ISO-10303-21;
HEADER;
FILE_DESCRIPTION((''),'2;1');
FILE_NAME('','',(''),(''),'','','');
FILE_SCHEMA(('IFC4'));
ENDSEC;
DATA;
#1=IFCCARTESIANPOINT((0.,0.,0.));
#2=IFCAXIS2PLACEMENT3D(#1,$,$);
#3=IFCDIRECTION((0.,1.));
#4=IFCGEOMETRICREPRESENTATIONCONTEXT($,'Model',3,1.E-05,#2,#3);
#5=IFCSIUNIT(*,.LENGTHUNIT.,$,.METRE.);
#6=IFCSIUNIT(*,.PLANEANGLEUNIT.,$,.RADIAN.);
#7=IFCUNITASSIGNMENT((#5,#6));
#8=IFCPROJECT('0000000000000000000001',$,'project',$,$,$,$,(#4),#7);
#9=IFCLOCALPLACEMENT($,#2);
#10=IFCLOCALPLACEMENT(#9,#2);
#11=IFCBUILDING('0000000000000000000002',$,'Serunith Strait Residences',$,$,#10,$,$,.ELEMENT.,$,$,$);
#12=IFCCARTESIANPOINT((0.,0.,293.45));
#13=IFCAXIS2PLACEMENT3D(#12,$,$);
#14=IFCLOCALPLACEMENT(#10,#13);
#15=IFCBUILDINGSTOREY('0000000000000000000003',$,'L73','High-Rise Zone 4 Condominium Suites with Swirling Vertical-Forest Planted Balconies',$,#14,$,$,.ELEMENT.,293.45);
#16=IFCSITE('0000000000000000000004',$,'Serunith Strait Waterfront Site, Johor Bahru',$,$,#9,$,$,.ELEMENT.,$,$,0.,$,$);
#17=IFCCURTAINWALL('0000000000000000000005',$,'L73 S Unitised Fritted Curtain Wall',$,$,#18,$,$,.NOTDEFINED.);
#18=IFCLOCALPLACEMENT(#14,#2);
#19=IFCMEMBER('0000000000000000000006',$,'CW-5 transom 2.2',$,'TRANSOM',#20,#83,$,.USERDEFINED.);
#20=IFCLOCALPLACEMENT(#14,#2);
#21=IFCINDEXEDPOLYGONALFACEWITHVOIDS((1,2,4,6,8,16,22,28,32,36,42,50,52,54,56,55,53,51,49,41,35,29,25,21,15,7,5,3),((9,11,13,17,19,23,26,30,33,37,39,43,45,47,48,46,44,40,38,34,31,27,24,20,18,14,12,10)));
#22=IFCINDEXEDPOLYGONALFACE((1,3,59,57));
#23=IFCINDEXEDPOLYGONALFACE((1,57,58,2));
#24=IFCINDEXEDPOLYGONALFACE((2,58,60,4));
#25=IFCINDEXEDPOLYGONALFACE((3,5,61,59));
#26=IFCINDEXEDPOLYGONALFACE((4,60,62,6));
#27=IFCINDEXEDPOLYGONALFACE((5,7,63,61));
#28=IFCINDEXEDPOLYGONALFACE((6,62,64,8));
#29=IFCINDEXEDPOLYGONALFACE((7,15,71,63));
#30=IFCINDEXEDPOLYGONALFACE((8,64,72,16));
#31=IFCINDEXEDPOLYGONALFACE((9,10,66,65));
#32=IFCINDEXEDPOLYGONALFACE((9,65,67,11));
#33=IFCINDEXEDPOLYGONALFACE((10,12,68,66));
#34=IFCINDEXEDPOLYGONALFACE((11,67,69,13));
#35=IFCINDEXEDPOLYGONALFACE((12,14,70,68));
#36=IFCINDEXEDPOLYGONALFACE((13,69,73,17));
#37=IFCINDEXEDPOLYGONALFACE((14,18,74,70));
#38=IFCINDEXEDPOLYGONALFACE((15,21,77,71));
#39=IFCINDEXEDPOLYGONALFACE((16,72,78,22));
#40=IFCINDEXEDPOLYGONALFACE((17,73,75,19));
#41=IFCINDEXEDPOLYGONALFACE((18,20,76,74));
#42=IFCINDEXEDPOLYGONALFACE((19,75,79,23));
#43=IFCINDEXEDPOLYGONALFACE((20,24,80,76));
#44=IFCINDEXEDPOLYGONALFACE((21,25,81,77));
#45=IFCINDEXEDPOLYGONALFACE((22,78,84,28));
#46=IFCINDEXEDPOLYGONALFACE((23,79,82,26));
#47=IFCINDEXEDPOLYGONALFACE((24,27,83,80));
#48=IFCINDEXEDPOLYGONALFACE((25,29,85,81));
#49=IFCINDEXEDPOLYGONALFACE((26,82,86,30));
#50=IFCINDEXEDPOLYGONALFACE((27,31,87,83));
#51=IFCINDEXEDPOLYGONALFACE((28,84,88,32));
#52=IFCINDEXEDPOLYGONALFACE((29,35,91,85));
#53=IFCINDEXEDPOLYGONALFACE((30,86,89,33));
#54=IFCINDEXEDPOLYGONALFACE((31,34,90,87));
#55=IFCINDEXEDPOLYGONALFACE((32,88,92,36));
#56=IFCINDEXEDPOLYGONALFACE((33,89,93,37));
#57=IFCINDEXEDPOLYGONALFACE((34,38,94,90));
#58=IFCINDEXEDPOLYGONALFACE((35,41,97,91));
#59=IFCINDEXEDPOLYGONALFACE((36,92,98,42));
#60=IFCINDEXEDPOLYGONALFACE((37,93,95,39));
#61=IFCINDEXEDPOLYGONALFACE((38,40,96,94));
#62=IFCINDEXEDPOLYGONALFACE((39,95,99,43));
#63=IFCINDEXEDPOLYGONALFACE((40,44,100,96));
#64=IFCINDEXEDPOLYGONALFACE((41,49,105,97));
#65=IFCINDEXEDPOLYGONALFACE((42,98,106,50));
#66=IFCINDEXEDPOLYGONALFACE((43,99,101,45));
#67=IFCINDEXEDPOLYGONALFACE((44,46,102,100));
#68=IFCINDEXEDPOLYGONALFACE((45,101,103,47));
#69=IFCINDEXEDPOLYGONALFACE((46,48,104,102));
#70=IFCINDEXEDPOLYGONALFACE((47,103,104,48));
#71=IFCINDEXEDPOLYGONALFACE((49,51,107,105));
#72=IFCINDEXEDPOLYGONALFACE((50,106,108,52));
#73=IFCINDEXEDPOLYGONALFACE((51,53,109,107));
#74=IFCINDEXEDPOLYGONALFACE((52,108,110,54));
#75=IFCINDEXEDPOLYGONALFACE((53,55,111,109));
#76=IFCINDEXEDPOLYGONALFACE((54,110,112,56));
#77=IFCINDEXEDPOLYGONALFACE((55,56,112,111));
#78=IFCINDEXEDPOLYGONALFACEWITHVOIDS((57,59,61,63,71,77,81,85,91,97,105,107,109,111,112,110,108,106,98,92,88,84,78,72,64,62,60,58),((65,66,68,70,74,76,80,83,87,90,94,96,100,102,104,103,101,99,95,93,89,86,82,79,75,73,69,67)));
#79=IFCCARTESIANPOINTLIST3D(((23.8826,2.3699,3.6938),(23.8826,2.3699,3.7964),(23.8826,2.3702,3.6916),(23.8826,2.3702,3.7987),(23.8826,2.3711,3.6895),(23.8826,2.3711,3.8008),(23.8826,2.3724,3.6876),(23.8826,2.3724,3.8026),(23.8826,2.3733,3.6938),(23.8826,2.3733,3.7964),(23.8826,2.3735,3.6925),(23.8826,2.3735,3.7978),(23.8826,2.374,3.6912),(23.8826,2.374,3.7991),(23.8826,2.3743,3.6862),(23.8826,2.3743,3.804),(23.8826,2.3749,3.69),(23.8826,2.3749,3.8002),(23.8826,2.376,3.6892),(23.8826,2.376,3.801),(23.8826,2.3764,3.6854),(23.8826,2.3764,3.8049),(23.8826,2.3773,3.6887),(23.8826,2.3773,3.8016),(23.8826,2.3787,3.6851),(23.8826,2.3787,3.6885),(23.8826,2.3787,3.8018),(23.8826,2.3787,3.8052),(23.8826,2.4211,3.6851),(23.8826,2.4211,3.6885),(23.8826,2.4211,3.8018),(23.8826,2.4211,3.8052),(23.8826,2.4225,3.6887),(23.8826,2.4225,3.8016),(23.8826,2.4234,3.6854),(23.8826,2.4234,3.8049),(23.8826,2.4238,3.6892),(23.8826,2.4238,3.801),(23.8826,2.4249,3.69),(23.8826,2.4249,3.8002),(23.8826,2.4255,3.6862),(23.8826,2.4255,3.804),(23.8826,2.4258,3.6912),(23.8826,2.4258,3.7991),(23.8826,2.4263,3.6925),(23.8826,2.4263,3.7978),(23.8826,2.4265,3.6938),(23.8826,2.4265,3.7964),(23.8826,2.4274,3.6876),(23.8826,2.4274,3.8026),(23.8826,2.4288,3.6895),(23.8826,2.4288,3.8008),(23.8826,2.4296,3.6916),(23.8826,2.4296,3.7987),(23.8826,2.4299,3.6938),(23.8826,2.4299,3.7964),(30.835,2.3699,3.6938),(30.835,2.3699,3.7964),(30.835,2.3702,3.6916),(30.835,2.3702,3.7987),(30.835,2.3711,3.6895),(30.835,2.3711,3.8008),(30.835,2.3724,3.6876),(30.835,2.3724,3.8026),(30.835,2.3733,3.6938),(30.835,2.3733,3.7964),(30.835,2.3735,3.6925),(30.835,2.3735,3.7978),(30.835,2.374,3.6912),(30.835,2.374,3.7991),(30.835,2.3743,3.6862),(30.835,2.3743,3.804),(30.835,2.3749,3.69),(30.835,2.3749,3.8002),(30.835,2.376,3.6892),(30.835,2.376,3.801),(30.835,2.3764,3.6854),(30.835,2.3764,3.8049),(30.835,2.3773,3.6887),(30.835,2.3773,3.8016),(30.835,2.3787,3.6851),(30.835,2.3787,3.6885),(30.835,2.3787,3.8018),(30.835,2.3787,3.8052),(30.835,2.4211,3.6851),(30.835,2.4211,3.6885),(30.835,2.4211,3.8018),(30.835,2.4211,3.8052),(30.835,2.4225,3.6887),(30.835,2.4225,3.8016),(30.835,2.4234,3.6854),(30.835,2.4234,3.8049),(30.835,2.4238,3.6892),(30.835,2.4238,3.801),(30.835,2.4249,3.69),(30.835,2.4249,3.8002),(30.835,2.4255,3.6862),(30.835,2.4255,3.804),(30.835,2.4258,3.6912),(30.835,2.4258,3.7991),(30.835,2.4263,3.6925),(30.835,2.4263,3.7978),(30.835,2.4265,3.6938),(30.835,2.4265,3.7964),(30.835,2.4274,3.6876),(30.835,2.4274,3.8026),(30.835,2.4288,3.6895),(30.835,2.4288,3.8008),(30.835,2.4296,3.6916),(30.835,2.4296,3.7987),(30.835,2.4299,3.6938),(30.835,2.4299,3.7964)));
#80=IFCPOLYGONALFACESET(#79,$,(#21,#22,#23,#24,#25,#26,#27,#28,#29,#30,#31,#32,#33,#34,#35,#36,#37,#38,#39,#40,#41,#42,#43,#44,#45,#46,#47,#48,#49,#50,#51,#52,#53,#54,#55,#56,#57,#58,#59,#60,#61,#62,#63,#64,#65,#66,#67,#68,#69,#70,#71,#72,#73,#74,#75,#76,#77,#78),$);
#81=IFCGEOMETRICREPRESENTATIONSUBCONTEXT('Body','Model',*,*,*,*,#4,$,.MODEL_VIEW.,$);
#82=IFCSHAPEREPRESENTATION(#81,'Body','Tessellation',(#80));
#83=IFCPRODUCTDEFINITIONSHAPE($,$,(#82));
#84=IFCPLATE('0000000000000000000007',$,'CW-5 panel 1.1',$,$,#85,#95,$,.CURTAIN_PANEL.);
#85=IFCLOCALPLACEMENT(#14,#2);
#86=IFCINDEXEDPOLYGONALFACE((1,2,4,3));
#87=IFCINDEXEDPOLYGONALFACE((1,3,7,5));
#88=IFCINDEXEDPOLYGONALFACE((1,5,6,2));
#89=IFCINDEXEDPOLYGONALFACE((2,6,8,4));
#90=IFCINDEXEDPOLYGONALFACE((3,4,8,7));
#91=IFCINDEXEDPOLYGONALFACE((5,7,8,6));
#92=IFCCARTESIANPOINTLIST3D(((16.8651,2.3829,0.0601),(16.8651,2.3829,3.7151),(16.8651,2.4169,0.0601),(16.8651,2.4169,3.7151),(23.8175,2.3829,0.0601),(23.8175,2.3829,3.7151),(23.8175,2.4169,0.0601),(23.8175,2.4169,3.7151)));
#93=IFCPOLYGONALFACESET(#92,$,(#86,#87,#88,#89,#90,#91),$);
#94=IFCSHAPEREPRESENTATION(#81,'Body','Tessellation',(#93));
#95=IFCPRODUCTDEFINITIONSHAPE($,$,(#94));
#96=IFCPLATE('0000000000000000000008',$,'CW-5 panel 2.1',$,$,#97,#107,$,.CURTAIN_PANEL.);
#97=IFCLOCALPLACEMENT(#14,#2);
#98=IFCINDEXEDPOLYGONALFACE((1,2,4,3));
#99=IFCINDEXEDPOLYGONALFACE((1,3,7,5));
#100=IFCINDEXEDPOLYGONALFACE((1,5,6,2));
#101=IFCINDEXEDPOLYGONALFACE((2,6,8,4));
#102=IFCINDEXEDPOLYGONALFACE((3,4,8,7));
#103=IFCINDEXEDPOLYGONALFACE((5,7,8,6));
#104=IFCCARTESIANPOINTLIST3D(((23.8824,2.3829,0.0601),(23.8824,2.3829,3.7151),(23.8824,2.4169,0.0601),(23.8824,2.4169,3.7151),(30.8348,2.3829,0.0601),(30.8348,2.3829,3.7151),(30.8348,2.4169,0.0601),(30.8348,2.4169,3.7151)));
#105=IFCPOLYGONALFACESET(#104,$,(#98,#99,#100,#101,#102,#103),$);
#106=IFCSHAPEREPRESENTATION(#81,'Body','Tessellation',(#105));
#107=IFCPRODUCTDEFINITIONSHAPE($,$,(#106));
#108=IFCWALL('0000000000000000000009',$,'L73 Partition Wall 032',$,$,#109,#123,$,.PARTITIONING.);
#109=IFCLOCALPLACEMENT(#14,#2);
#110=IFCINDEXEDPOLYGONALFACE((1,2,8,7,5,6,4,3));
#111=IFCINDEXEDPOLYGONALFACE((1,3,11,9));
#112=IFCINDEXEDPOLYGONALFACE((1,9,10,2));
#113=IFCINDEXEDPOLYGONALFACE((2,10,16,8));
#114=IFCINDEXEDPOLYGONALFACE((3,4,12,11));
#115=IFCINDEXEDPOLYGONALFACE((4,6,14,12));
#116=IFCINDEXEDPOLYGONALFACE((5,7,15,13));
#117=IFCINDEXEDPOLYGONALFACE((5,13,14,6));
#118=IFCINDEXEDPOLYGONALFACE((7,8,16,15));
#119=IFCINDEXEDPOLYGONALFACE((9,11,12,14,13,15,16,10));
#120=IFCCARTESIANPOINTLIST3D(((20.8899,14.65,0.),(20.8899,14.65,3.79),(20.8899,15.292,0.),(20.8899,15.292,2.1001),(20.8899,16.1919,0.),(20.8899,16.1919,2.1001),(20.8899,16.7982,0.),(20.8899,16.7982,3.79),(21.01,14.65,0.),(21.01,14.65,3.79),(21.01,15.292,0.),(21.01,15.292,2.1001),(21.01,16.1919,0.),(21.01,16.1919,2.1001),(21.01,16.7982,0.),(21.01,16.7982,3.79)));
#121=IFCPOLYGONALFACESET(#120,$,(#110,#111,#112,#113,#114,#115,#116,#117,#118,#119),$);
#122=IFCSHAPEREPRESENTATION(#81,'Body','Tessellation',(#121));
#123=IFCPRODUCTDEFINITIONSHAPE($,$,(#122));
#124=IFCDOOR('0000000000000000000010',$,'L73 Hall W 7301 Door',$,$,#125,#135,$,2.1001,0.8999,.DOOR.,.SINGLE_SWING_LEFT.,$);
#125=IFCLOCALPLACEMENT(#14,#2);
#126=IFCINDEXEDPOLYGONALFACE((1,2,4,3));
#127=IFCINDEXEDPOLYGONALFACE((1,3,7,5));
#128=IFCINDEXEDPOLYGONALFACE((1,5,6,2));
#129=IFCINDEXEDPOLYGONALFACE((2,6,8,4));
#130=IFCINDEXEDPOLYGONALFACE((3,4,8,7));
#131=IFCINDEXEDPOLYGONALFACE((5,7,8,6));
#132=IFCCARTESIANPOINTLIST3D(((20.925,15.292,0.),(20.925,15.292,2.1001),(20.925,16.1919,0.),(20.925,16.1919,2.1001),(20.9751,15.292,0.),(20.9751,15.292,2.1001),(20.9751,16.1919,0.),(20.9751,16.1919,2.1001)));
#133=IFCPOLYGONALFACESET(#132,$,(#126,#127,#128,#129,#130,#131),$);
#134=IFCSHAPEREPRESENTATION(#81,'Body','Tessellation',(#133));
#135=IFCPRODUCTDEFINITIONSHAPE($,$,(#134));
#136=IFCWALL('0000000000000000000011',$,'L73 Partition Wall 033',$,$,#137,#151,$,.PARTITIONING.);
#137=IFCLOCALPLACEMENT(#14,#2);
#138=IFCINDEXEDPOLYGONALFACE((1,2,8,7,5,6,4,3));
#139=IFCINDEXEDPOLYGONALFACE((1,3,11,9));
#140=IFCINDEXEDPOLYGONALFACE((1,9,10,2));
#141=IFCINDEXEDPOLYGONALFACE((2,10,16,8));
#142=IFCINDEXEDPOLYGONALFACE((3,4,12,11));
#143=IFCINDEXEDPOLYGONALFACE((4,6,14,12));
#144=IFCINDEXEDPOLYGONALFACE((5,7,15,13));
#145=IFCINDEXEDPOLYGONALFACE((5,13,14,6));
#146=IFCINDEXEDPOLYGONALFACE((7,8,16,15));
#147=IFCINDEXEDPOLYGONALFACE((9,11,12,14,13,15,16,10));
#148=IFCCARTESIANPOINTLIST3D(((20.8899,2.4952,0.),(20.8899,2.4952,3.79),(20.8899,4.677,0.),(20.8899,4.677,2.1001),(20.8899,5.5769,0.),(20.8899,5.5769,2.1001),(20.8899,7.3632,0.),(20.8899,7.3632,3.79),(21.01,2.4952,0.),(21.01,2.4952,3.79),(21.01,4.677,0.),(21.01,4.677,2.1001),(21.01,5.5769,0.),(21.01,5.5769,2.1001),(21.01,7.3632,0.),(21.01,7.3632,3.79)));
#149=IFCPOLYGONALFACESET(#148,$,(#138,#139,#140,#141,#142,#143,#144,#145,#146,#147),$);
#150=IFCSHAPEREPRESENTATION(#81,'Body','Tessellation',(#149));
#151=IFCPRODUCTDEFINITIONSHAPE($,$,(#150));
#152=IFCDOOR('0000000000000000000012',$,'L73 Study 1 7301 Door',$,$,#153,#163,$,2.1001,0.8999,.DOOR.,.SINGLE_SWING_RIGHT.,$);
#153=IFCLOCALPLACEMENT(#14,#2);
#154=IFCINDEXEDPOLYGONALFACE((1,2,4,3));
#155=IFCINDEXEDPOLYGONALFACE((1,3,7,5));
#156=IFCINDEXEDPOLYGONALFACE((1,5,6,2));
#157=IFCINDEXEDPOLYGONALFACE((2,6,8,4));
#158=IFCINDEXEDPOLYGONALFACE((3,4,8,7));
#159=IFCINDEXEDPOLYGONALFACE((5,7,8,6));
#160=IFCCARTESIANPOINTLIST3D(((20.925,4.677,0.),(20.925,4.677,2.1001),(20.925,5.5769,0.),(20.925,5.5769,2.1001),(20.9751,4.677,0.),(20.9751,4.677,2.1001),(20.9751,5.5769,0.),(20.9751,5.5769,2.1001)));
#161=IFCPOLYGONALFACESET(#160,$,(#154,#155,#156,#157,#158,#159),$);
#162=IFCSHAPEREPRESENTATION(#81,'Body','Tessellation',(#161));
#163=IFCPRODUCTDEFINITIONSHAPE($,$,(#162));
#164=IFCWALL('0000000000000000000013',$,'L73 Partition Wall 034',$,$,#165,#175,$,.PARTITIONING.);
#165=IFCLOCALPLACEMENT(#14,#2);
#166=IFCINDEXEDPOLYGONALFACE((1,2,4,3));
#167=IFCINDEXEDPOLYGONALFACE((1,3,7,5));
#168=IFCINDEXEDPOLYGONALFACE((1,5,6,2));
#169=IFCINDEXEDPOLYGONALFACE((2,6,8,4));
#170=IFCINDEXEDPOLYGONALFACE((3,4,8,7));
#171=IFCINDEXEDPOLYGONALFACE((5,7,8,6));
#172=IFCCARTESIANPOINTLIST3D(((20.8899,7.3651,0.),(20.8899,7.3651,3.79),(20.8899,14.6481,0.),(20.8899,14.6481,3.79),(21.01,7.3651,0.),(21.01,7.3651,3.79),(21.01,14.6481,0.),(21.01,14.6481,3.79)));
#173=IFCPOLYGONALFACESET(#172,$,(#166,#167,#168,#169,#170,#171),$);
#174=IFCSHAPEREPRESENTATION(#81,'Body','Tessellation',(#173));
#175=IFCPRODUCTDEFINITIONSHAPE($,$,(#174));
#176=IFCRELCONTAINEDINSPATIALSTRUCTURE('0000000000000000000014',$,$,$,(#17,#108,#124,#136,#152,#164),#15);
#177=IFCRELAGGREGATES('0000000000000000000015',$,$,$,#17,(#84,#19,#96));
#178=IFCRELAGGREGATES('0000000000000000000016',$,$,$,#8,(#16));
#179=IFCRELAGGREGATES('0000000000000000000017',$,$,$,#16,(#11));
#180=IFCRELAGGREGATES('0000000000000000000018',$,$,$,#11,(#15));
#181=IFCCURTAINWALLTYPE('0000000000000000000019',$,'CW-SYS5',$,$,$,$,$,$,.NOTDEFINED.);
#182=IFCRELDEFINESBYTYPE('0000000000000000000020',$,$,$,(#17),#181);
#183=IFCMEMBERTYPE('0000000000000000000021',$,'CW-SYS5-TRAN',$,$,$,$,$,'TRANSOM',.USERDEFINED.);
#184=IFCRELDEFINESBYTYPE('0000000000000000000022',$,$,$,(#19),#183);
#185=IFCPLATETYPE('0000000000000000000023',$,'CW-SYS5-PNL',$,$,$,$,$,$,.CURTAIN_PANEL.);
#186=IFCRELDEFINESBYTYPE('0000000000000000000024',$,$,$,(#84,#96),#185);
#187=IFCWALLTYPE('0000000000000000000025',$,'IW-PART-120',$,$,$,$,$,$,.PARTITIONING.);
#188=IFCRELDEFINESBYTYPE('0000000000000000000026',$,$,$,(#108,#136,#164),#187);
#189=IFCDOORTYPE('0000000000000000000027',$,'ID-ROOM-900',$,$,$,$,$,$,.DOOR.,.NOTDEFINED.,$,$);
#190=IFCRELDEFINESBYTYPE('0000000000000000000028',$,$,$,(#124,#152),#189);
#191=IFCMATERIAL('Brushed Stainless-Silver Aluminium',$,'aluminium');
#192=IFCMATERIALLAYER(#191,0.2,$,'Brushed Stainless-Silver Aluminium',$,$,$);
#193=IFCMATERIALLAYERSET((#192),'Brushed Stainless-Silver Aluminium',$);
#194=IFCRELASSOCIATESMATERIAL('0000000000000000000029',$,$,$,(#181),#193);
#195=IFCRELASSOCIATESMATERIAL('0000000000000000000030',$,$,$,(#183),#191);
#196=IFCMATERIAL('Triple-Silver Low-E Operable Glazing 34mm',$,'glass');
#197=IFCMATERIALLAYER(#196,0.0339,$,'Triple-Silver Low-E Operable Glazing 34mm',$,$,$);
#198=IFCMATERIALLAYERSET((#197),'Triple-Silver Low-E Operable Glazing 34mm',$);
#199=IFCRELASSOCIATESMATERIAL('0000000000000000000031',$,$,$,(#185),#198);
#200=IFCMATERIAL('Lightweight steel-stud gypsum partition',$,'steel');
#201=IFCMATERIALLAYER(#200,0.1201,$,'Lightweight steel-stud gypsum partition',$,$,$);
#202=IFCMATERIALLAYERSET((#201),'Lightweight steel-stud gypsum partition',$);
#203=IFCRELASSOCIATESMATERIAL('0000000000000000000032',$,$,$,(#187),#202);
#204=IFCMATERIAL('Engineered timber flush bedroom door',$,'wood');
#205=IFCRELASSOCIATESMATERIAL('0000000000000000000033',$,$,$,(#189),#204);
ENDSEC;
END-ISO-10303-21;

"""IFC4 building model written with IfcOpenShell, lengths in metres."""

from ifc_helpers import new_model, si_unit, direction, frame, frame_2d, origin, origin_2d, place, context, subcontext, project, spatial, rectangle, hollow_rectangle, extrude, source, transform, mapped, material, layer, layer_set, material_profile, profile_set, type_object, element, fill, aggregate, save


model = new_model("IFC4")

# Units and contexts
model_context = context("Model", 3, precision=1e-05, world=origin(), true_north=direction((0.0, 1.0)))
body_context = subcontext(model_context, "Body", "Model", "MODEL_VIEW")
ifc_project = project(units=[si_unit("LENGTHUNIT", "METRE"), si_unit("PLANEANGLEUNIT", "RADIAN")], contexts=[model_context])

# Site, building, storey
site_placement = place(None, origin())
site = spatial("IfcSite", under=ifc_project, at=site_placement, Name="Serunith Strait Waterfront Site, Johor Bahru", CompositionType="ELEMENT", RefElevation=0.0)
building_placement = place(site_placement, origin())
building = spatial("IfcBuilding", under=site, at=building_placement, Name="Serunith Strait Residences", CompositionType="ELEMENT")
storey_placement = place(building_placement, frame((0.0, 0.0, 293.45)))
storey = spatial("IfcBuildingStorey", under=building, at=storey_placement, Name="L73", Description="High-Rise Zone 4 Condominium Suites with Swirling Vertical-Forest Planted Balconies", CompositionType="ELEMENT", Elevation=293.45)

# Curtain wall, member, plates
ifc_material_1 = material(Name="Brushed Stainless-Silver Aluminium", Category="aluminium")
ifc_layer_1 = layer(ifc_material_1, 0.2, Name="Brushed Stainless-Silver Aluminium")
ifc_layer_set_1 = layer_set([ifc_layer_1], Name="Brushed Stainless-Silver Aluminium")
curtain_wall_type = type_object("IfcCurtainWallType", Name="CW-SYS5", PredefinedType="NOTDEFINED", material=ifc_layer_set_1)
curtain_wall_placement = place(storey_placement, origin())
curtain_wall = element("IfcCurtainWall", 1, at=curtain_wall_placement, inside=storey, type_object=curtain_wall_type, Name="L73 S Unitised Fritted Curtain Wall", PredefinedType="NOTDEFINED")
ifc_material_profile_1 = material_profile(ifc_material_1, hollow_rectangle(XDim=0.0601, YDim=0.1201, WallThickness=0.0034, InnerFilletRadius=0.0054, OuterFilletRadius=0.0088, at=origin_2d()), Name="ALU 120x60x3.5")
ifc_profile_set_1 = profile_set([ifc_material_profile_1], Name="Brushed Stainless-Silver Aluminium")
member_type_1 = type_object("IfcMemberType", Name="CW-SYS5-TRAN", ElementType="TRANSOM", PredefinedType="USERDEFINED", material=ifc_profile_set_1)
shared_shape_1 = source(origin(), body_context, "Body", "SweptSolid", [
    extrude(hollow_rectangle(XDim=0.0601, YDim=0.1201, WallThickness=0.0034, InnerFilletRadius=0.0054, OuterFilletRadius=0.0088, at=origin_2d()), origin(), (0.0, 0.0, 1.0), 6.9524),
])
member_1_placement = place(storey_placement, frame((23.8826, 2.3999, 3.7451), z_axis=(1.0, 0.0, 0.0), x_axis=(0.0, 1.0, 0.0)))
member_1 = element("IfcMember", 2, at=member_1_placement, type_object=member_type_1, Name="CW-5 transom 2.2", ObjectType="TRANSOM", PredefinedType="USERDEFINED", context=body_context, shape_type="MappedRepresentation", body=[
    mapped(shared_shape_1, transform((0.0, 0.0, 0.0), scale=1.0)),
])
ifc_material_2 = material(Name="Triple-Silver Low-E Operable Glazing 34mm", Category="glass")
ifc_layer_2 = layer(ifc_material_2, 0.0339, Name="Triple-Silver Low-E Operable Glazing 34mm")
ifc_layer_set_2 = layer_set([ifc_layer_2], Name="Triple-Silver Low-E Operable Glazing 34mm")
plate_type = type_object("IfcPlateType", Name="CW-SYS5-PNL", PredefinedType="CURTAIN_PANEL", material=ifc_layer_set_2)
shared_shape_2 = source(origin(), body_context, "Body", "SweptSolid", [
    extrude(rectangle(XDim=6.9524, YDim=0.0339, at=origin_2d()), origin(), (0.0, 0.0, 1.0), 3.655),
])
plate_1_placement = place(storey_placement, frame((20.3413, 2.3999, 0.0601), z_axis=(0.0, 0.0, 1.0), x_axis=(1.0, 0.0, 0.0)))
plate_1 = element("IfcPlate", 3, at=plate_1_placement, type_object=plate_type, Name="CW-5 panel 1.1", PredefinedType="CURTAIN_PANEL", context=body_context, shape_type="MappedRepresentation", body=[
    mapped(shared_shape_2, transform((0.0, 0.0, 0.0), scale=1.0)),
])
plate_2_placement = place(storey_placement, frame((27.3586, 2.3999, 0.0601), z_axis=(0.0, 0.0, 1.0), x_axis=(1.0, 0.0, 0.0)))
plate_2 = element("IfcPlate", 4, at=plate_2_placement, type_object=plate_type, Name="CW-5 panel 2.1", PredefinedType="CURTAIN_PANEL", context=body_context, shape_type="MappedRepresentation", body=[
    mapped(shared_shape_2, transform((0.0, 0.0, 0.0), scale=1.0)),
])
aggregate(curtain_wall, [plate_1, member_1, plate_2])

# Walls, openings, doors
ifc_material_3 = material(Name="Lightweight steel-stud gypsum partition", Category="steel")
ifc_layer_3 = layer(ifc_material_3, 0.1201, Name="Lightweight steel-stud gypsum partition")
ifc_layer_set_3 = layer_set([ifc_layer_3], Name="Lightweight steel-stud gypsum partition")
wall_type_1 = type_object("IfcWallType", Name="IW-PART-120", PredefinedType="PARTITIONING", material=ifc_layer_set_3)
wall_1_placement = place(storey_placement, frame((20.95, 14.6499, 0.0), z_axis=(0.0, 0.0, 1.0), x_axis=(0.0, 1.0, 0.0)))
wall_1 = element("IfcWall", 5, at=wall_1_placement, inside=storey, type_object=wall_type_1, Name="L73 Partition Wall 032", PredefinedType="PARTITIONING", context=body_context, shape_type="SweptSolid", body=[
    extrude(rectangle(XDim=2.1482, YDim=0.1201, at=frame_2d((1.0742, 0.0))), origin(), (0.0, 0.0, 1.0), 3.79),
])
opening_1_placement = place(wall_1_placement, frame((0.6421, 0.0, 0.0)))
opening_1 = element("IfcOpeningElement", 6, at=opening_1_placement, cuts=wall_1, PredefinedType="OPENING", context=body_context, shape_type="SweptSolid", body=[
    extrude(rectangle(XDim=0.8999, YDim=2.1001, at=frame_2d((0.45, 1.05))), frame((0.0, 0.0701, 0.0), z_axis=(0.0, -1.0, 0.0), x_axis=(1.0, 0.0, 0.0)), (0.0, 0.0, 1.0), 0.1401),
])
ifc_material_4 = material(Name="Engineered timber flush bedroom door", Category="wood")
door_type_1 = type_object("IfcDoorType", Name="ID-ROOM-900", OperationType="NOTDEFINED", PredefinedType="DOOR", material=ifc_material_4)
shared_shape_3 = source(origin(), body_context, "Body", "SweptSolid", [
    extrude(rectangle(XDim=0.8999, YDim=2.1001, at=frame_2d((0.45, 1.05))), frame((0.0, 0.0249, 0.0), z_axis=(0.0, -1.0, 0.0), x_axis=(1.0, 0.0, 0.0)), (0.0, 0.0, 1.0), 0.05),
])
door_1_placement = place(opening_1_placement, origin())
door_1 = element("IfcDoor", 7, at=door_1_placement, inside=storey, type_object=door_type_1, Name="L73 Hall W 7301 Door", OperationType="SINGLE_SWING_LEFT", OverallHeight=2.1001, OverallWidth=0.8999, PredefinedType="DOOR", context=body_context, shape_type="MappedRepresentation", body=[
    mapped(shared_shape_3, transform((0.0, 0.0, 0.0), scale=1.0)),
])
fill(opening_1, door_1)
wall_2_placement = place(storey_placement, frame((20.95, 2.4951, 0.0), z_axis=(0.0, 0.0, 1.0), x_axis=(0.0, 1.0, 0.0)))
wall_2 = element("IfcWall", 8, at=wall_2_placement, inside=storey, type_object=wall_type_1, Name="L73 Partition Wall 033", PredefinedType="PARTITIONING", context=body_context, shape_type="SweptSolid", body=[
    extrude(rectangle(XDim=4.8679, YDim=0.1201, at=frame_2d((2.4341, 0.0))), origin(), (0.0, 0.0, 1.0), 3.79),
])
opening_2_placement = place(wall_2_placement, frame((2.1819, 0.0, 0.0)))
opening_2 = element("IfcOpeningElement", 9, at=opening_2_placement, cuts=wall_2, PredefinedType="OPENING", context=body_context, shape_type="SweptSolid", body=[
    extrude(rectangle(XDim=0.8999, YDim=2.1001, at=frame_2d((0.45, 1.05))), frame((0.0, 0.0701, 0.0), z_axis=(0.0, -1.0, 0.0), x_axis=(1.0, 0.0, 0.0)), (0.0, 0.0, 1.0), 0.1401),
])
door_2_placement = place(opening_2_placement, origin())
door_2 = element("IfcDoor", 10, at=door_2_placement, inside=storey, type_object=door_type_1, Name="L73 Study 1 7301 Door", OperationType="SINGLE_SWING_RIGHT", OverallHeight=2.1001, OverallWidth=0.8999, PredefinedType="DOOR", context=body_context, shape_type="MappedRepresentation", body=[
    mapped(shared_shape_3, transform((0.0, 0.0, 0.0), scale=1.0)),
])
fill(opening_2, door_2)

# Wall
wall_3_placement = place(storey_placement, frame((20.95, 7.365, 0.0), z_axis=(0.0, 0.0, 1.0), x_axis=(0.0, 1.0, 0.0)))
element("IfcWall", 11, at=wall_3_placement, inside=storey, type_object=wall_type_1, Name="L73 Partition Wall 034", PredefinedType="PARTITIONING", context=body_context, shape_type="SweptSolid", body=[
    extrude(rectangle(XDim=7.283, YDim=0.1201, at=frame_2d((3.6416, 0.0))), origin(), (0.0, 0.0, 1.0), 3.79),
])

save(model, "model.ifc")
